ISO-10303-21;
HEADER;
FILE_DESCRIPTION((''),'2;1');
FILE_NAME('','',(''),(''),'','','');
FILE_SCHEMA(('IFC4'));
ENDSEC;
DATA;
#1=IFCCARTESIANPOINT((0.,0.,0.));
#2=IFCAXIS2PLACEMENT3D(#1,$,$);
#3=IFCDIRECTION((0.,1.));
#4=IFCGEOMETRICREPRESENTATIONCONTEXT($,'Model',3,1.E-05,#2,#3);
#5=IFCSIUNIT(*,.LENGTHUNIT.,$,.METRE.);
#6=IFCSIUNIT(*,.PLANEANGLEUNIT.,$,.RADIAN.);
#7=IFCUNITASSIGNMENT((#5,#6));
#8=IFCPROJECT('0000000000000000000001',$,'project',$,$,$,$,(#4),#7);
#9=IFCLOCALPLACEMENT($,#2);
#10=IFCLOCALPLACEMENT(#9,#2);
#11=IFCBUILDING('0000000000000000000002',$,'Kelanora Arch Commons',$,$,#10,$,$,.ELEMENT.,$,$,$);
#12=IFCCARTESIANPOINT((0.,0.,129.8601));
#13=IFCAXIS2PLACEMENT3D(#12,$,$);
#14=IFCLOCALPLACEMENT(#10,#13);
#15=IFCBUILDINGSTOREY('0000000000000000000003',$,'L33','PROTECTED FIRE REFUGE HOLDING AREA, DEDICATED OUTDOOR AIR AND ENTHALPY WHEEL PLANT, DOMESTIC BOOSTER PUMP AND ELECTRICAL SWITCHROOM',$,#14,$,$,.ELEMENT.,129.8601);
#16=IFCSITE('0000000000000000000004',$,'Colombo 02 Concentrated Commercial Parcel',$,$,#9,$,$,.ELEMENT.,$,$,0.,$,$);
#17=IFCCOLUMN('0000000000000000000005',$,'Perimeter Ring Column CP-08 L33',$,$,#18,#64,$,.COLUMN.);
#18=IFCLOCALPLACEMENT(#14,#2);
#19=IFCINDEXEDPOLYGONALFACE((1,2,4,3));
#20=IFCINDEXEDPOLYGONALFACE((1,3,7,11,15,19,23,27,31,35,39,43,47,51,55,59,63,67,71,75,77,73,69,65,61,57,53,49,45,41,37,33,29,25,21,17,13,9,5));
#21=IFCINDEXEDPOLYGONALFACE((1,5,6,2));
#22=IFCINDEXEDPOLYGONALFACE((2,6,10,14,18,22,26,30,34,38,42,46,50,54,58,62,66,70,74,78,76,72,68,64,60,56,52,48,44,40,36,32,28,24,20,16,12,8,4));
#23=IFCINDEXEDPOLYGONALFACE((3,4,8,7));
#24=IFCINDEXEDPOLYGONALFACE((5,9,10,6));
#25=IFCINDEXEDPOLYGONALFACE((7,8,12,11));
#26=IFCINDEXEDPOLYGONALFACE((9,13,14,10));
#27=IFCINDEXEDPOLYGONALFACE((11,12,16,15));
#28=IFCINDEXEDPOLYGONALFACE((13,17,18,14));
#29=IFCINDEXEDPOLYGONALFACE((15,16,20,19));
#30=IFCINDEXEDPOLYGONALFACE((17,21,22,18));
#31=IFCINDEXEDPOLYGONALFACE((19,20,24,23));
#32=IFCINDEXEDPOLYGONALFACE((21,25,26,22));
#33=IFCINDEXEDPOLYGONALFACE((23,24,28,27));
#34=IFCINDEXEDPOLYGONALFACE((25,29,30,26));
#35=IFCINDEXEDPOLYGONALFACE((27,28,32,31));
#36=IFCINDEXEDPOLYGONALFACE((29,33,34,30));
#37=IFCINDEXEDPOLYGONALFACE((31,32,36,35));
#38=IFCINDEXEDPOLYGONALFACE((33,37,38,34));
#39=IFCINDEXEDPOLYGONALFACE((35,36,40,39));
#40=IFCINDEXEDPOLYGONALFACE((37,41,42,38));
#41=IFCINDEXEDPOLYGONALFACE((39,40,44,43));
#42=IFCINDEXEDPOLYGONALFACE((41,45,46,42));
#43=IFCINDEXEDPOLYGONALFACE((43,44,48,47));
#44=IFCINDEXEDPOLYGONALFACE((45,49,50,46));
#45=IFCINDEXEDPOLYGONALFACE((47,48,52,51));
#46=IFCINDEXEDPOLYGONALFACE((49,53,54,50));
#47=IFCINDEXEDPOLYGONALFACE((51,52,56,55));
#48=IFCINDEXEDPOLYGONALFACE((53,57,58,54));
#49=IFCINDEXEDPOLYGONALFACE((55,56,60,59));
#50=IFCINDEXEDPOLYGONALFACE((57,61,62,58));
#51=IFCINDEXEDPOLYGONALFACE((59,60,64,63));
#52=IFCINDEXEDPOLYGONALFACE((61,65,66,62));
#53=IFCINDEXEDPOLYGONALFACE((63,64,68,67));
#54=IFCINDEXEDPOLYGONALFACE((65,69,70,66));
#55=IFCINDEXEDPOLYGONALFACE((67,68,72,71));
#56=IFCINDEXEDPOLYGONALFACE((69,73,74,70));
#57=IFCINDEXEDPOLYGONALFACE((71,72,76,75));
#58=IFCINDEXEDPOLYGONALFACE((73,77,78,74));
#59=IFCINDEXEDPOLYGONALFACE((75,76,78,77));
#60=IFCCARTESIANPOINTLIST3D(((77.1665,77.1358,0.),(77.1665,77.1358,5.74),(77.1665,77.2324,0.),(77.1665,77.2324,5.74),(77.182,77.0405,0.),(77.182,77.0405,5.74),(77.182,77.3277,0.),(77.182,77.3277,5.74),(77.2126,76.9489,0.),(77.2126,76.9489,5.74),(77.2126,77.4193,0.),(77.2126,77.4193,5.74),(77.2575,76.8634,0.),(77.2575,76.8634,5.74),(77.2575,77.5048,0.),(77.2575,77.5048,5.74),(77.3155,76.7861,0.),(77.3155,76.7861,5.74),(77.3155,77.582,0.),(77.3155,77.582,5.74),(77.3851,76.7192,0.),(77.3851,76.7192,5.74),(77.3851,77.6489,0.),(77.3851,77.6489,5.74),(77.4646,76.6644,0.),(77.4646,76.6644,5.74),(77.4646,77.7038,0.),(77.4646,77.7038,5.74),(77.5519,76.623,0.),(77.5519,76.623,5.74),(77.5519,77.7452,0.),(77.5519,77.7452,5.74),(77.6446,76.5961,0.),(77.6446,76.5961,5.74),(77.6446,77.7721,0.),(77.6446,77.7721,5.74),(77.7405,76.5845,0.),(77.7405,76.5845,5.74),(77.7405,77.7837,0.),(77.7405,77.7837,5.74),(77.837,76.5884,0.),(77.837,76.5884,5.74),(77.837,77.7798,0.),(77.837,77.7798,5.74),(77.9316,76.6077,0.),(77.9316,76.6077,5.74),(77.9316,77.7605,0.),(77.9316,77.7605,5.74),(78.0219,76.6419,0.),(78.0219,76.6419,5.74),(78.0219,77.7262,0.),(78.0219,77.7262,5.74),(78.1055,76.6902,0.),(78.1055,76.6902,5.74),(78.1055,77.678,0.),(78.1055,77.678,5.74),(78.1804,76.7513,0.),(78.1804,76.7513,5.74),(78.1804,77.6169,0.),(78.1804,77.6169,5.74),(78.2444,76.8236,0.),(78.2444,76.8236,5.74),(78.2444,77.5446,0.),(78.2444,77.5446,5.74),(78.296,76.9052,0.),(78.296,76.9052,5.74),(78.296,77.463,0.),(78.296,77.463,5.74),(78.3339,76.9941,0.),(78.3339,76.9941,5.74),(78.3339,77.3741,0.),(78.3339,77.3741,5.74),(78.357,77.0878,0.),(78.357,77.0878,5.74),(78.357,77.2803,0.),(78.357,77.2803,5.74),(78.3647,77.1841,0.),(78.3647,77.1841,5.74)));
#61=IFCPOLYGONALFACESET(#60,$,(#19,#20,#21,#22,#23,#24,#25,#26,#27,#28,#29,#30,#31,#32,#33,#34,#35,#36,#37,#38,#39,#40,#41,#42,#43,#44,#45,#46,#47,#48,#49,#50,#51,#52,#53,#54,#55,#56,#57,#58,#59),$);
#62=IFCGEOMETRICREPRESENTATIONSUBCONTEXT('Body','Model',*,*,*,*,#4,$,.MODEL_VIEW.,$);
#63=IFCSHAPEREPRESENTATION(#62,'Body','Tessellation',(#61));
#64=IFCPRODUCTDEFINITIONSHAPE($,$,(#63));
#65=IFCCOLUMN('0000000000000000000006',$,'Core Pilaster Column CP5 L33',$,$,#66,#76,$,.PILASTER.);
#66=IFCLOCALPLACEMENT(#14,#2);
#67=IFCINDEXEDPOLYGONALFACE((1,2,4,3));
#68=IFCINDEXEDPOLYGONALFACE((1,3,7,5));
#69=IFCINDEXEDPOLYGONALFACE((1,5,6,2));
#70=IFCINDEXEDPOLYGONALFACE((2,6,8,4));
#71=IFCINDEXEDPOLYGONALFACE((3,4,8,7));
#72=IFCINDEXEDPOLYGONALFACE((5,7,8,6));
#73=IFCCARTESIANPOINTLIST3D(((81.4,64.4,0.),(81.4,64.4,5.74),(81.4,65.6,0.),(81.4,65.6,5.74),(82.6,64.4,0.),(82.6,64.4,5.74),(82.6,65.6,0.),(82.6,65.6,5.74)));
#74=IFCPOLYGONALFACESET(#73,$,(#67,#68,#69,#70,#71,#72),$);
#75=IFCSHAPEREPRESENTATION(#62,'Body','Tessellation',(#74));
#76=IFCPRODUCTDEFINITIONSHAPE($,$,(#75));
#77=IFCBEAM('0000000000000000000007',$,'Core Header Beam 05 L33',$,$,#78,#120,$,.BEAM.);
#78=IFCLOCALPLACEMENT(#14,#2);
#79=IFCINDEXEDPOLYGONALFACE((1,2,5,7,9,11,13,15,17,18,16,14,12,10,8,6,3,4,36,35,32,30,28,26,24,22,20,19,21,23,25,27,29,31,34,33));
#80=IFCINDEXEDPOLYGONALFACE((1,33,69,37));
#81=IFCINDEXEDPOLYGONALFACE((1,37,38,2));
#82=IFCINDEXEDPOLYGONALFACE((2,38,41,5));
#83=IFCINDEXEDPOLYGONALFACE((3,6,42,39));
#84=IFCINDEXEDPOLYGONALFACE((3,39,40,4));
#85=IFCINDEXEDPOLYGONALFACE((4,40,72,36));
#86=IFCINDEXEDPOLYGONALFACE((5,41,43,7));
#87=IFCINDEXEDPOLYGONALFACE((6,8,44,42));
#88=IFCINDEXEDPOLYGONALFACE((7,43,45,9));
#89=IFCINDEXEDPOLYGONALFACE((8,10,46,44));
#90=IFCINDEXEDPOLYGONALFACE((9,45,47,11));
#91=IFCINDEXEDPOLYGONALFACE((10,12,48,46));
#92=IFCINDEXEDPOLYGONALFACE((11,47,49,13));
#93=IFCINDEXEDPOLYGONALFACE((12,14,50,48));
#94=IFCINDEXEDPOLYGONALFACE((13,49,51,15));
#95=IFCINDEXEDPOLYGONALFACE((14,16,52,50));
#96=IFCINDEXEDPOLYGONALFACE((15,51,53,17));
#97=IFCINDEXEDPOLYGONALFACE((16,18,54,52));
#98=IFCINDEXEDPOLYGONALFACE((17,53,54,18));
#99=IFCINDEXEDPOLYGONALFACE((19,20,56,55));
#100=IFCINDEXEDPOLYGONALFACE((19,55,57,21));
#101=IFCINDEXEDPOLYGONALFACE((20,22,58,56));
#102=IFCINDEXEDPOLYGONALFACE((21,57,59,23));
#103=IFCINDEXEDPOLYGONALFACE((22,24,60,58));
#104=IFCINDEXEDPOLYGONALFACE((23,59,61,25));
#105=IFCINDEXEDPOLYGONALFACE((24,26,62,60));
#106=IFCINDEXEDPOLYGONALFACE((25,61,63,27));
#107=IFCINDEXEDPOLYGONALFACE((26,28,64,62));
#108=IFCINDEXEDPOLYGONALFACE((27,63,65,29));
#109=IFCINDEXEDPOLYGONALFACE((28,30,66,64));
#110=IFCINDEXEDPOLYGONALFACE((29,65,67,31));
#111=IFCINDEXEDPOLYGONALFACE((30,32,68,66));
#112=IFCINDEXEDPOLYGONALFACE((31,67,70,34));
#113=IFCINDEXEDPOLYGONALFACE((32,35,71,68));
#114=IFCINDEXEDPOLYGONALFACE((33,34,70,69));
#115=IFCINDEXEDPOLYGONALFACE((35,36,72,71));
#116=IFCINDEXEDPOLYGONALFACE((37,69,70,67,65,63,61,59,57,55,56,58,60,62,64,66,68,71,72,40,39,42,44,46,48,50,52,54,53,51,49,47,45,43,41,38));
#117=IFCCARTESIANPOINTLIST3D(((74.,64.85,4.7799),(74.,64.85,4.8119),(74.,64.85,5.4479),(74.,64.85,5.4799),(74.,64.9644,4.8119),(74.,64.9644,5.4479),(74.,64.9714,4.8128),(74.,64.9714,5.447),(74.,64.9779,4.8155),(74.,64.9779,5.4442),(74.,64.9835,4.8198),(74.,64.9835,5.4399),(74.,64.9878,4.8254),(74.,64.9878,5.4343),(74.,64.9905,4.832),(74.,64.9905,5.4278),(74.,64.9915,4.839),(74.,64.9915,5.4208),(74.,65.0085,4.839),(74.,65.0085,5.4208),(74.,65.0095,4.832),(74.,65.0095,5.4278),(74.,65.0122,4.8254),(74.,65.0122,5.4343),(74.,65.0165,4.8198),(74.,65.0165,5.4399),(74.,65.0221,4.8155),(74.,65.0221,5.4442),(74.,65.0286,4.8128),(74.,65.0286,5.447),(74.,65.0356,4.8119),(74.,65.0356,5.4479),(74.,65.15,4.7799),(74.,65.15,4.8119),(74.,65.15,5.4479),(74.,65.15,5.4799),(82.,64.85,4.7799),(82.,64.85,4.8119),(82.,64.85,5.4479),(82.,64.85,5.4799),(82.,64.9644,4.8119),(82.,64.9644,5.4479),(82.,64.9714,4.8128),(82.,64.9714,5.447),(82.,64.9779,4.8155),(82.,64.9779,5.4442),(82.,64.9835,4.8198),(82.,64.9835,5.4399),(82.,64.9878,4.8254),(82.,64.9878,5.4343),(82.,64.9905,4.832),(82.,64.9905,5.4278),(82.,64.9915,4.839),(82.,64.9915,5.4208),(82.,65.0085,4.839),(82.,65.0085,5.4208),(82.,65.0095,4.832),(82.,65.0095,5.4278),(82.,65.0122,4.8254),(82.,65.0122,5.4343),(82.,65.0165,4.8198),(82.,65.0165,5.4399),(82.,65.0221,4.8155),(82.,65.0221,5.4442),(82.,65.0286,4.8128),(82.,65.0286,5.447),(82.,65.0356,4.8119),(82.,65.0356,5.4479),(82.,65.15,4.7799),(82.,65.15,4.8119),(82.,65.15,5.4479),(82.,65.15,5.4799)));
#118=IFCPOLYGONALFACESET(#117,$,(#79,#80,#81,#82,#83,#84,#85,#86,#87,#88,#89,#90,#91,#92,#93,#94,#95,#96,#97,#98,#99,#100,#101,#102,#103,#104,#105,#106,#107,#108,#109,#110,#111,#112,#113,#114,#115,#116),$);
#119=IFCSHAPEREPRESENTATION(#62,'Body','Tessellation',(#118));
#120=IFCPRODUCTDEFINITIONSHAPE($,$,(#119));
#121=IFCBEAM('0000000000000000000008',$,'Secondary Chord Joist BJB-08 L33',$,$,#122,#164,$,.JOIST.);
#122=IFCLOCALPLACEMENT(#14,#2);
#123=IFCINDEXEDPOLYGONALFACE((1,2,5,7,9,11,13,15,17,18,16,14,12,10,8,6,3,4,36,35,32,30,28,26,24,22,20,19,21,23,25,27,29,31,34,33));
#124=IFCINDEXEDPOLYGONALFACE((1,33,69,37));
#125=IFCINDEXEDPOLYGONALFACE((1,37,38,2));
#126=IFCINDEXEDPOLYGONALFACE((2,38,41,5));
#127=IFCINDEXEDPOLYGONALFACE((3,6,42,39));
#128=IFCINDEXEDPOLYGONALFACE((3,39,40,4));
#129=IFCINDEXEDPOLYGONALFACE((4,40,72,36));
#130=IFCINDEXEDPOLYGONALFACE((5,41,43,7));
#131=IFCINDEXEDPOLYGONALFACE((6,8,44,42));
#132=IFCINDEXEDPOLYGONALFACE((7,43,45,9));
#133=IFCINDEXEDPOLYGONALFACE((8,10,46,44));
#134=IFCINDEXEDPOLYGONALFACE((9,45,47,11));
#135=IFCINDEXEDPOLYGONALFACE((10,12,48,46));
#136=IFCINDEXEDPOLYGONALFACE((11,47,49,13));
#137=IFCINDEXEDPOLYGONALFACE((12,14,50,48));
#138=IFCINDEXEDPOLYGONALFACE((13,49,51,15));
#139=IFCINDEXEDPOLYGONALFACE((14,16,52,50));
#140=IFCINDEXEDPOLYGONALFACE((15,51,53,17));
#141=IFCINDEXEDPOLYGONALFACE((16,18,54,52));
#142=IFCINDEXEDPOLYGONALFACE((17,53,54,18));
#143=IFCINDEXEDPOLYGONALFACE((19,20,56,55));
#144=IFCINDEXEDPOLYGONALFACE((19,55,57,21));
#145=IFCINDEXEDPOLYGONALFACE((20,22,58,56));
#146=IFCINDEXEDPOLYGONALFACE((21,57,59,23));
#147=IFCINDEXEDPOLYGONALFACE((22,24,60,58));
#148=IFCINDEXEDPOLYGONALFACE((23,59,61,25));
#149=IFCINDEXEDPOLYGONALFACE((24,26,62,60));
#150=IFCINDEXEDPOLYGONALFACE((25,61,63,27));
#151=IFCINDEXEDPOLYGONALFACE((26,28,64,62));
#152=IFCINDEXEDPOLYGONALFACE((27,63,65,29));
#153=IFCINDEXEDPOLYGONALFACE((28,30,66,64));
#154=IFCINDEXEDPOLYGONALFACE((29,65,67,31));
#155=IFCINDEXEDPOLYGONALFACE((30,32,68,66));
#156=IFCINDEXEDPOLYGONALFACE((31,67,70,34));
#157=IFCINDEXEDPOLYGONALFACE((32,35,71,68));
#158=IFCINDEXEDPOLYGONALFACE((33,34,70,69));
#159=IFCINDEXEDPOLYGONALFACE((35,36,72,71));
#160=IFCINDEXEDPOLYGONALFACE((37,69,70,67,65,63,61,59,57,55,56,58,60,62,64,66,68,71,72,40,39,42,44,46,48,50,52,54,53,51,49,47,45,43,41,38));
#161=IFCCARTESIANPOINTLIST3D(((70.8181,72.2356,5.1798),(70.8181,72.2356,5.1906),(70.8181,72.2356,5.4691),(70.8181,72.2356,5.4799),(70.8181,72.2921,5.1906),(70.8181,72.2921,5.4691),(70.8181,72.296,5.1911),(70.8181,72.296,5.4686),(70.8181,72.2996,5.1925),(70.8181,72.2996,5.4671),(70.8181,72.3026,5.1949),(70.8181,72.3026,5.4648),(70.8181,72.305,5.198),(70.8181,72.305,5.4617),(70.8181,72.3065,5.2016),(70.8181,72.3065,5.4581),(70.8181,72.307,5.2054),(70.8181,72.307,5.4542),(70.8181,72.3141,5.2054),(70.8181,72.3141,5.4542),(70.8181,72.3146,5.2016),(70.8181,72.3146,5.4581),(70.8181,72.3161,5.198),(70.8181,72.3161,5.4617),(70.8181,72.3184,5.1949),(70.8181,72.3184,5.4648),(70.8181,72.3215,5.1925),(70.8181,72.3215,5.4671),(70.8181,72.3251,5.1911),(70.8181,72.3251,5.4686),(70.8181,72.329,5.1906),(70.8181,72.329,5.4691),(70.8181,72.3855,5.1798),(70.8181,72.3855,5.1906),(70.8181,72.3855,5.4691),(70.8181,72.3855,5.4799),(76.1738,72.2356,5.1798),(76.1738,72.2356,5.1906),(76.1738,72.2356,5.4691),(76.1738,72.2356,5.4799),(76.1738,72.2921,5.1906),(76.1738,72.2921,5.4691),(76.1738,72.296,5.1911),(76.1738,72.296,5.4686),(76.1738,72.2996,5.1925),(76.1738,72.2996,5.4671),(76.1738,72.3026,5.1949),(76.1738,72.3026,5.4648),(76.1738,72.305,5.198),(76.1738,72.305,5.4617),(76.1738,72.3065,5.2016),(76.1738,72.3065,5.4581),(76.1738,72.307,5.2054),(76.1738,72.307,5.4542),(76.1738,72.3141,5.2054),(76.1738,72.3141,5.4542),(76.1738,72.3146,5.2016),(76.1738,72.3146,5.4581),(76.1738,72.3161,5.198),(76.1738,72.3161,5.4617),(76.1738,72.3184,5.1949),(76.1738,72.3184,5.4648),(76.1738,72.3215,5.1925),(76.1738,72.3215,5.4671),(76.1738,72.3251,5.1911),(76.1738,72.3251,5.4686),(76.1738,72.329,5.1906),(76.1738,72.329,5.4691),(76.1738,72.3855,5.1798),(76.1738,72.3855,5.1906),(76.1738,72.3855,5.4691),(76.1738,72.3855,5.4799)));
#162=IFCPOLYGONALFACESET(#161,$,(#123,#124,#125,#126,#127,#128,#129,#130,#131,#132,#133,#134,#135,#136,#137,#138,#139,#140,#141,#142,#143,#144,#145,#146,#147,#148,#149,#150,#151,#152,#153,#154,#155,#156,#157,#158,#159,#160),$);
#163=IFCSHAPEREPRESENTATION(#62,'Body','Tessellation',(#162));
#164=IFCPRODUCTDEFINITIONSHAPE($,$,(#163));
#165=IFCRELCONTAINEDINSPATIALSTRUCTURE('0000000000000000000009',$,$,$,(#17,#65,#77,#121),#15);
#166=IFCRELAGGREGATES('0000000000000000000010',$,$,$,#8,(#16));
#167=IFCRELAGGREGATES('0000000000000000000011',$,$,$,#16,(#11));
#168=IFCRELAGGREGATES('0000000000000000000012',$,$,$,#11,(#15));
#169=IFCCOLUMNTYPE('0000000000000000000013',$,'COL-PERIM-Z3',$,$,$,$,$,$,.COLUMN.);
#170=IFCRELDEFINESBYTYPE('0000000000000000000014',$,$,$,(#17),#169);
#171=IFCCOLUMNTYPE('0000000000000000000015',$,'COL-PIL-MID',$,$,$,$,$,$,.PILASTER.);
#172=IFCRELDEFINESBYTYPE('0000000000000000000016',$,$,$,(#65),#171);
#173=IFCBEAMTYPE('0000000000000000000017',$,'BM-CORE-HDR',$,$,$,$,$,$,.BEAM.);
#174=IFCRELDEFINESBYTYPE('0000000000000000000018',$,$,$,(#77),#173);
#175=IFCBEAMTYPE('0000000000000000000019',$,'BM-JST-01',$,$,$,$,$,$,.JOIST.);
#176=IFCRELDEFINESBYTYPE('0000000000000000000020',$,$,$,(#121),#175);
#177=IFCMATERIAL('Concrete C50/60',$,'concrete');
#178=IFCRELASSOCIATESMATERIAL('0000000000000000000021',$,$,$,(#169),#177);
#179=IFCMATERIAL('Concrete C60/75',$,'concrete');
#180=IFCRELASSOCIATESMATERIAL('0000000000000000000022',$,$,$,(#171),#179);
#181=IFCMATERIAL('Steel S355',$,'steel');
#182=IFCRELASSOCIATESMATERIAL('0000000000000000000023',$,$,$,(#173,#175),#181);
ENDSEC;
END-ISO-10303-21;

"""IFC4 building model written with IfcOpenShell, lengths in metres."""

from ifc_helpers import new_model, si_unit, direction, frame, origin, origin_2d, place, context, subcontext, project, spatial, rectangle, circle, i_section, extrude, material, material_profile, profile_set, type_object, element, save


model = new_model("IFC4")

# Units and contexts
model_context = context("Model", 3, precision=1e-05, world=origin(), true_north=direction((0.0, 1.0)))
body_context = subcontext(model_context, "Body", "Model", "MODEL_VIEW")
ifc_project = project(units=[si_unit("LENGTHUNIT", "METRE"), si_unit("PLANEANGLEUNIT", "RADIAN")], contexts=[model_context])

# Site, building, storey
site_placement = place(None, origin())
site = spatial("IfcSite", under=ifc_project, at=site_placement, Name="Colombo 02 Concentrated Commercial Parcel", CompositionType="ELEMENT", RefElevation=0.0)
building_placement = place(site_placement, origin())
building = spatial("IfcBuilding", under=site, at=building_placement, Name="Kelanora Arch Commons", CompositionType="ELEMENT")
storey_placement = place(building_placement, frame((0.0, 0.0, 129.8601)))
storey = spatial("IfcBuildingStorey", under=building, at=storey_placement, Name="L33", Description="PROTECTED FIRE REFUGE HOLDING AREA, DEDICATED OUTDOOR AIR AND ENTHALPY WHEEL PLANT, DOMESTIC BOOSTER PUMP AND ELECTRICAL SWITCHROOM", CompositionType="ELEMENT", Elevation=129.8601)

# Columns
ifc_material_1 = material(Name="Concrete C50/60", Category="concrete")
ifc_material_profile_1 = material_profile(ifc_material_1, circle(Radius=0.6001, at=origin_2d()), Name="RCC1200")
ifc_profile_set_1 = profile_set([ifc_material_profile_1], Name="Concrete C50/60")
column_type_1 = type_object("IfcColumnType", Name="COL-PERIM-Z3", PredefinedType="COLUMN", material=ifc_profile_set_1)
column_1_placement = place(storey_placement, frame((77.7646, 77.1841, 0.0), z_axis=(0.0, 0.0, 1.0), x_axis=(1.0, 0.0, 0.0)))
element("IfcColumn", 1, at=column_1_placement, inside=storey, type_object=column_type_1, Name="Perimeter Ring Column CP-08 L33", PredefinedType="COLUMN", context=body_context, shape_type="SweptSolid", body=[
    extrude(circle(Radius=0.6001, at=origin_2d()), origin(), (0.0, 0.0, 1.0), 5.74),
])
ifc_material_2 = material(Name="Concrete C60/75", Category="concrete")
ifc_material_profile_2 = material_profile(ifc_material_2, rectangle(XDim=1.2, YDim=1.2, at=origin_2d()), Name="RC1200x1200")
ifc_profile_set_2 = profile_set([ifc_material_profile_2], Name="Concrete C60/75")
column_type_2 = type_object("IfcColumnType", Name="COL-PIL-MID", PredefinedType="PILASTER", material=ifc_profile_set_2)
column_2_placement = place(storey_placement, frame((82.0, 65.0, 0.0), z_axis=(0.0, 0.0, 1.0), x_axis=(1.0, 0.0, 0.0)))
element("IfcColumn", 2, at=column_2_placement, inside=storey, type_object=column_type_2, Name="Core Pilaster Column CP5 L33", PredefinedType="PILASTER", context=body_context, shape_type="SweptSolid", body=[
    extrude(rectangle(XDim=1.2, YDim=1.2, at=origin_2d()), origin(), (0.0, 0.0, 1.0), 5.74),
])

# Beams
ifc_material_3 = material(Name="Steel S355", Category="steel")
ifc_material_profile_3 = material_profile(ifc_material_3, i_section(OverallWidth=0.3, OverallDepth=0.7, WebThickness=0.0171, FlangeThickness=0.032, FilletRadius=0.0271, at=origin_2d()), Name="HEB700")
ifc_profile_set_3 = profile_set([ifc_material_profile_3], Name="Steel S355")
beam_type_1 = type_object("IfcBeamType", Name="BM-CORE-HDR", PredefinedType="BEAM", material=ifc_profile_set_3)
beam_1_placement = place(storey_placement, frame((82.0, 65.0, 5.1299), z_axis=(-1.0, 0.0, 0.0), x_axis=(0.0, -1.0, 0.0)))
element("IfcBeam", 3, at=beam_1_placement, inside=storey, type_object=beam_type_1, Name="Core Header Beam 05 L33", PredefinedType="BEAM", context=body_context, shape_type="SweptSolid", body=[
    extrude(i_section(OverallWidth=0.3, OverallDepth=0.7, WebThickness=0.0171, FlangeThickness=0.032, FilletRadius=0.0271, at=origin_2d()), origin(), (0.0, 0.0, 1.0), 8.0),
])
ifc_material_profile_4 = material_profile(ifc_material_3, i_section(OverallWidth=0.1499, OverallDepth=0.3, WebThickness=0.0071, FlangeThickness=0.0107, FilletRadius=0.0149, at=origin_2d()), Name="IPE300")
ifc_profile_set_4 = profile_set([ifc_material_profile_4], Name="Steel S355")
beam_type_2 = type_object("IfcBeamType", Name="BM-JST-01", PredefinedType="JOIST", material=ifc_profile_set_4)
beam_2_placement = place(storey_placement, frame((76.1738, 72.3105, 5.3298), z_axis=(-1.0, 0.0, 0.0), x_axis=(0.0, -1.0, 0.0)))
element("IfcBeam", 4, at=beam_2_placement, inside=storey, type_object=beam_type_2, Name="Secondary Chord Joist BJB-08 L33", PredefinedType="JOIST", context=body_context, shape_type="SweptSolid", body=[
    extrude(i_section(OverallWidth=0.1499, OverallDepth=0.3, WebThickness=0.0071, FlangeThickness=0.0107, FilletRadius=0.0149, at=origin_2d()), origin(), (0.0, 0.0, 1.0), 5.3557),
])

save(model, "model.ifc")
